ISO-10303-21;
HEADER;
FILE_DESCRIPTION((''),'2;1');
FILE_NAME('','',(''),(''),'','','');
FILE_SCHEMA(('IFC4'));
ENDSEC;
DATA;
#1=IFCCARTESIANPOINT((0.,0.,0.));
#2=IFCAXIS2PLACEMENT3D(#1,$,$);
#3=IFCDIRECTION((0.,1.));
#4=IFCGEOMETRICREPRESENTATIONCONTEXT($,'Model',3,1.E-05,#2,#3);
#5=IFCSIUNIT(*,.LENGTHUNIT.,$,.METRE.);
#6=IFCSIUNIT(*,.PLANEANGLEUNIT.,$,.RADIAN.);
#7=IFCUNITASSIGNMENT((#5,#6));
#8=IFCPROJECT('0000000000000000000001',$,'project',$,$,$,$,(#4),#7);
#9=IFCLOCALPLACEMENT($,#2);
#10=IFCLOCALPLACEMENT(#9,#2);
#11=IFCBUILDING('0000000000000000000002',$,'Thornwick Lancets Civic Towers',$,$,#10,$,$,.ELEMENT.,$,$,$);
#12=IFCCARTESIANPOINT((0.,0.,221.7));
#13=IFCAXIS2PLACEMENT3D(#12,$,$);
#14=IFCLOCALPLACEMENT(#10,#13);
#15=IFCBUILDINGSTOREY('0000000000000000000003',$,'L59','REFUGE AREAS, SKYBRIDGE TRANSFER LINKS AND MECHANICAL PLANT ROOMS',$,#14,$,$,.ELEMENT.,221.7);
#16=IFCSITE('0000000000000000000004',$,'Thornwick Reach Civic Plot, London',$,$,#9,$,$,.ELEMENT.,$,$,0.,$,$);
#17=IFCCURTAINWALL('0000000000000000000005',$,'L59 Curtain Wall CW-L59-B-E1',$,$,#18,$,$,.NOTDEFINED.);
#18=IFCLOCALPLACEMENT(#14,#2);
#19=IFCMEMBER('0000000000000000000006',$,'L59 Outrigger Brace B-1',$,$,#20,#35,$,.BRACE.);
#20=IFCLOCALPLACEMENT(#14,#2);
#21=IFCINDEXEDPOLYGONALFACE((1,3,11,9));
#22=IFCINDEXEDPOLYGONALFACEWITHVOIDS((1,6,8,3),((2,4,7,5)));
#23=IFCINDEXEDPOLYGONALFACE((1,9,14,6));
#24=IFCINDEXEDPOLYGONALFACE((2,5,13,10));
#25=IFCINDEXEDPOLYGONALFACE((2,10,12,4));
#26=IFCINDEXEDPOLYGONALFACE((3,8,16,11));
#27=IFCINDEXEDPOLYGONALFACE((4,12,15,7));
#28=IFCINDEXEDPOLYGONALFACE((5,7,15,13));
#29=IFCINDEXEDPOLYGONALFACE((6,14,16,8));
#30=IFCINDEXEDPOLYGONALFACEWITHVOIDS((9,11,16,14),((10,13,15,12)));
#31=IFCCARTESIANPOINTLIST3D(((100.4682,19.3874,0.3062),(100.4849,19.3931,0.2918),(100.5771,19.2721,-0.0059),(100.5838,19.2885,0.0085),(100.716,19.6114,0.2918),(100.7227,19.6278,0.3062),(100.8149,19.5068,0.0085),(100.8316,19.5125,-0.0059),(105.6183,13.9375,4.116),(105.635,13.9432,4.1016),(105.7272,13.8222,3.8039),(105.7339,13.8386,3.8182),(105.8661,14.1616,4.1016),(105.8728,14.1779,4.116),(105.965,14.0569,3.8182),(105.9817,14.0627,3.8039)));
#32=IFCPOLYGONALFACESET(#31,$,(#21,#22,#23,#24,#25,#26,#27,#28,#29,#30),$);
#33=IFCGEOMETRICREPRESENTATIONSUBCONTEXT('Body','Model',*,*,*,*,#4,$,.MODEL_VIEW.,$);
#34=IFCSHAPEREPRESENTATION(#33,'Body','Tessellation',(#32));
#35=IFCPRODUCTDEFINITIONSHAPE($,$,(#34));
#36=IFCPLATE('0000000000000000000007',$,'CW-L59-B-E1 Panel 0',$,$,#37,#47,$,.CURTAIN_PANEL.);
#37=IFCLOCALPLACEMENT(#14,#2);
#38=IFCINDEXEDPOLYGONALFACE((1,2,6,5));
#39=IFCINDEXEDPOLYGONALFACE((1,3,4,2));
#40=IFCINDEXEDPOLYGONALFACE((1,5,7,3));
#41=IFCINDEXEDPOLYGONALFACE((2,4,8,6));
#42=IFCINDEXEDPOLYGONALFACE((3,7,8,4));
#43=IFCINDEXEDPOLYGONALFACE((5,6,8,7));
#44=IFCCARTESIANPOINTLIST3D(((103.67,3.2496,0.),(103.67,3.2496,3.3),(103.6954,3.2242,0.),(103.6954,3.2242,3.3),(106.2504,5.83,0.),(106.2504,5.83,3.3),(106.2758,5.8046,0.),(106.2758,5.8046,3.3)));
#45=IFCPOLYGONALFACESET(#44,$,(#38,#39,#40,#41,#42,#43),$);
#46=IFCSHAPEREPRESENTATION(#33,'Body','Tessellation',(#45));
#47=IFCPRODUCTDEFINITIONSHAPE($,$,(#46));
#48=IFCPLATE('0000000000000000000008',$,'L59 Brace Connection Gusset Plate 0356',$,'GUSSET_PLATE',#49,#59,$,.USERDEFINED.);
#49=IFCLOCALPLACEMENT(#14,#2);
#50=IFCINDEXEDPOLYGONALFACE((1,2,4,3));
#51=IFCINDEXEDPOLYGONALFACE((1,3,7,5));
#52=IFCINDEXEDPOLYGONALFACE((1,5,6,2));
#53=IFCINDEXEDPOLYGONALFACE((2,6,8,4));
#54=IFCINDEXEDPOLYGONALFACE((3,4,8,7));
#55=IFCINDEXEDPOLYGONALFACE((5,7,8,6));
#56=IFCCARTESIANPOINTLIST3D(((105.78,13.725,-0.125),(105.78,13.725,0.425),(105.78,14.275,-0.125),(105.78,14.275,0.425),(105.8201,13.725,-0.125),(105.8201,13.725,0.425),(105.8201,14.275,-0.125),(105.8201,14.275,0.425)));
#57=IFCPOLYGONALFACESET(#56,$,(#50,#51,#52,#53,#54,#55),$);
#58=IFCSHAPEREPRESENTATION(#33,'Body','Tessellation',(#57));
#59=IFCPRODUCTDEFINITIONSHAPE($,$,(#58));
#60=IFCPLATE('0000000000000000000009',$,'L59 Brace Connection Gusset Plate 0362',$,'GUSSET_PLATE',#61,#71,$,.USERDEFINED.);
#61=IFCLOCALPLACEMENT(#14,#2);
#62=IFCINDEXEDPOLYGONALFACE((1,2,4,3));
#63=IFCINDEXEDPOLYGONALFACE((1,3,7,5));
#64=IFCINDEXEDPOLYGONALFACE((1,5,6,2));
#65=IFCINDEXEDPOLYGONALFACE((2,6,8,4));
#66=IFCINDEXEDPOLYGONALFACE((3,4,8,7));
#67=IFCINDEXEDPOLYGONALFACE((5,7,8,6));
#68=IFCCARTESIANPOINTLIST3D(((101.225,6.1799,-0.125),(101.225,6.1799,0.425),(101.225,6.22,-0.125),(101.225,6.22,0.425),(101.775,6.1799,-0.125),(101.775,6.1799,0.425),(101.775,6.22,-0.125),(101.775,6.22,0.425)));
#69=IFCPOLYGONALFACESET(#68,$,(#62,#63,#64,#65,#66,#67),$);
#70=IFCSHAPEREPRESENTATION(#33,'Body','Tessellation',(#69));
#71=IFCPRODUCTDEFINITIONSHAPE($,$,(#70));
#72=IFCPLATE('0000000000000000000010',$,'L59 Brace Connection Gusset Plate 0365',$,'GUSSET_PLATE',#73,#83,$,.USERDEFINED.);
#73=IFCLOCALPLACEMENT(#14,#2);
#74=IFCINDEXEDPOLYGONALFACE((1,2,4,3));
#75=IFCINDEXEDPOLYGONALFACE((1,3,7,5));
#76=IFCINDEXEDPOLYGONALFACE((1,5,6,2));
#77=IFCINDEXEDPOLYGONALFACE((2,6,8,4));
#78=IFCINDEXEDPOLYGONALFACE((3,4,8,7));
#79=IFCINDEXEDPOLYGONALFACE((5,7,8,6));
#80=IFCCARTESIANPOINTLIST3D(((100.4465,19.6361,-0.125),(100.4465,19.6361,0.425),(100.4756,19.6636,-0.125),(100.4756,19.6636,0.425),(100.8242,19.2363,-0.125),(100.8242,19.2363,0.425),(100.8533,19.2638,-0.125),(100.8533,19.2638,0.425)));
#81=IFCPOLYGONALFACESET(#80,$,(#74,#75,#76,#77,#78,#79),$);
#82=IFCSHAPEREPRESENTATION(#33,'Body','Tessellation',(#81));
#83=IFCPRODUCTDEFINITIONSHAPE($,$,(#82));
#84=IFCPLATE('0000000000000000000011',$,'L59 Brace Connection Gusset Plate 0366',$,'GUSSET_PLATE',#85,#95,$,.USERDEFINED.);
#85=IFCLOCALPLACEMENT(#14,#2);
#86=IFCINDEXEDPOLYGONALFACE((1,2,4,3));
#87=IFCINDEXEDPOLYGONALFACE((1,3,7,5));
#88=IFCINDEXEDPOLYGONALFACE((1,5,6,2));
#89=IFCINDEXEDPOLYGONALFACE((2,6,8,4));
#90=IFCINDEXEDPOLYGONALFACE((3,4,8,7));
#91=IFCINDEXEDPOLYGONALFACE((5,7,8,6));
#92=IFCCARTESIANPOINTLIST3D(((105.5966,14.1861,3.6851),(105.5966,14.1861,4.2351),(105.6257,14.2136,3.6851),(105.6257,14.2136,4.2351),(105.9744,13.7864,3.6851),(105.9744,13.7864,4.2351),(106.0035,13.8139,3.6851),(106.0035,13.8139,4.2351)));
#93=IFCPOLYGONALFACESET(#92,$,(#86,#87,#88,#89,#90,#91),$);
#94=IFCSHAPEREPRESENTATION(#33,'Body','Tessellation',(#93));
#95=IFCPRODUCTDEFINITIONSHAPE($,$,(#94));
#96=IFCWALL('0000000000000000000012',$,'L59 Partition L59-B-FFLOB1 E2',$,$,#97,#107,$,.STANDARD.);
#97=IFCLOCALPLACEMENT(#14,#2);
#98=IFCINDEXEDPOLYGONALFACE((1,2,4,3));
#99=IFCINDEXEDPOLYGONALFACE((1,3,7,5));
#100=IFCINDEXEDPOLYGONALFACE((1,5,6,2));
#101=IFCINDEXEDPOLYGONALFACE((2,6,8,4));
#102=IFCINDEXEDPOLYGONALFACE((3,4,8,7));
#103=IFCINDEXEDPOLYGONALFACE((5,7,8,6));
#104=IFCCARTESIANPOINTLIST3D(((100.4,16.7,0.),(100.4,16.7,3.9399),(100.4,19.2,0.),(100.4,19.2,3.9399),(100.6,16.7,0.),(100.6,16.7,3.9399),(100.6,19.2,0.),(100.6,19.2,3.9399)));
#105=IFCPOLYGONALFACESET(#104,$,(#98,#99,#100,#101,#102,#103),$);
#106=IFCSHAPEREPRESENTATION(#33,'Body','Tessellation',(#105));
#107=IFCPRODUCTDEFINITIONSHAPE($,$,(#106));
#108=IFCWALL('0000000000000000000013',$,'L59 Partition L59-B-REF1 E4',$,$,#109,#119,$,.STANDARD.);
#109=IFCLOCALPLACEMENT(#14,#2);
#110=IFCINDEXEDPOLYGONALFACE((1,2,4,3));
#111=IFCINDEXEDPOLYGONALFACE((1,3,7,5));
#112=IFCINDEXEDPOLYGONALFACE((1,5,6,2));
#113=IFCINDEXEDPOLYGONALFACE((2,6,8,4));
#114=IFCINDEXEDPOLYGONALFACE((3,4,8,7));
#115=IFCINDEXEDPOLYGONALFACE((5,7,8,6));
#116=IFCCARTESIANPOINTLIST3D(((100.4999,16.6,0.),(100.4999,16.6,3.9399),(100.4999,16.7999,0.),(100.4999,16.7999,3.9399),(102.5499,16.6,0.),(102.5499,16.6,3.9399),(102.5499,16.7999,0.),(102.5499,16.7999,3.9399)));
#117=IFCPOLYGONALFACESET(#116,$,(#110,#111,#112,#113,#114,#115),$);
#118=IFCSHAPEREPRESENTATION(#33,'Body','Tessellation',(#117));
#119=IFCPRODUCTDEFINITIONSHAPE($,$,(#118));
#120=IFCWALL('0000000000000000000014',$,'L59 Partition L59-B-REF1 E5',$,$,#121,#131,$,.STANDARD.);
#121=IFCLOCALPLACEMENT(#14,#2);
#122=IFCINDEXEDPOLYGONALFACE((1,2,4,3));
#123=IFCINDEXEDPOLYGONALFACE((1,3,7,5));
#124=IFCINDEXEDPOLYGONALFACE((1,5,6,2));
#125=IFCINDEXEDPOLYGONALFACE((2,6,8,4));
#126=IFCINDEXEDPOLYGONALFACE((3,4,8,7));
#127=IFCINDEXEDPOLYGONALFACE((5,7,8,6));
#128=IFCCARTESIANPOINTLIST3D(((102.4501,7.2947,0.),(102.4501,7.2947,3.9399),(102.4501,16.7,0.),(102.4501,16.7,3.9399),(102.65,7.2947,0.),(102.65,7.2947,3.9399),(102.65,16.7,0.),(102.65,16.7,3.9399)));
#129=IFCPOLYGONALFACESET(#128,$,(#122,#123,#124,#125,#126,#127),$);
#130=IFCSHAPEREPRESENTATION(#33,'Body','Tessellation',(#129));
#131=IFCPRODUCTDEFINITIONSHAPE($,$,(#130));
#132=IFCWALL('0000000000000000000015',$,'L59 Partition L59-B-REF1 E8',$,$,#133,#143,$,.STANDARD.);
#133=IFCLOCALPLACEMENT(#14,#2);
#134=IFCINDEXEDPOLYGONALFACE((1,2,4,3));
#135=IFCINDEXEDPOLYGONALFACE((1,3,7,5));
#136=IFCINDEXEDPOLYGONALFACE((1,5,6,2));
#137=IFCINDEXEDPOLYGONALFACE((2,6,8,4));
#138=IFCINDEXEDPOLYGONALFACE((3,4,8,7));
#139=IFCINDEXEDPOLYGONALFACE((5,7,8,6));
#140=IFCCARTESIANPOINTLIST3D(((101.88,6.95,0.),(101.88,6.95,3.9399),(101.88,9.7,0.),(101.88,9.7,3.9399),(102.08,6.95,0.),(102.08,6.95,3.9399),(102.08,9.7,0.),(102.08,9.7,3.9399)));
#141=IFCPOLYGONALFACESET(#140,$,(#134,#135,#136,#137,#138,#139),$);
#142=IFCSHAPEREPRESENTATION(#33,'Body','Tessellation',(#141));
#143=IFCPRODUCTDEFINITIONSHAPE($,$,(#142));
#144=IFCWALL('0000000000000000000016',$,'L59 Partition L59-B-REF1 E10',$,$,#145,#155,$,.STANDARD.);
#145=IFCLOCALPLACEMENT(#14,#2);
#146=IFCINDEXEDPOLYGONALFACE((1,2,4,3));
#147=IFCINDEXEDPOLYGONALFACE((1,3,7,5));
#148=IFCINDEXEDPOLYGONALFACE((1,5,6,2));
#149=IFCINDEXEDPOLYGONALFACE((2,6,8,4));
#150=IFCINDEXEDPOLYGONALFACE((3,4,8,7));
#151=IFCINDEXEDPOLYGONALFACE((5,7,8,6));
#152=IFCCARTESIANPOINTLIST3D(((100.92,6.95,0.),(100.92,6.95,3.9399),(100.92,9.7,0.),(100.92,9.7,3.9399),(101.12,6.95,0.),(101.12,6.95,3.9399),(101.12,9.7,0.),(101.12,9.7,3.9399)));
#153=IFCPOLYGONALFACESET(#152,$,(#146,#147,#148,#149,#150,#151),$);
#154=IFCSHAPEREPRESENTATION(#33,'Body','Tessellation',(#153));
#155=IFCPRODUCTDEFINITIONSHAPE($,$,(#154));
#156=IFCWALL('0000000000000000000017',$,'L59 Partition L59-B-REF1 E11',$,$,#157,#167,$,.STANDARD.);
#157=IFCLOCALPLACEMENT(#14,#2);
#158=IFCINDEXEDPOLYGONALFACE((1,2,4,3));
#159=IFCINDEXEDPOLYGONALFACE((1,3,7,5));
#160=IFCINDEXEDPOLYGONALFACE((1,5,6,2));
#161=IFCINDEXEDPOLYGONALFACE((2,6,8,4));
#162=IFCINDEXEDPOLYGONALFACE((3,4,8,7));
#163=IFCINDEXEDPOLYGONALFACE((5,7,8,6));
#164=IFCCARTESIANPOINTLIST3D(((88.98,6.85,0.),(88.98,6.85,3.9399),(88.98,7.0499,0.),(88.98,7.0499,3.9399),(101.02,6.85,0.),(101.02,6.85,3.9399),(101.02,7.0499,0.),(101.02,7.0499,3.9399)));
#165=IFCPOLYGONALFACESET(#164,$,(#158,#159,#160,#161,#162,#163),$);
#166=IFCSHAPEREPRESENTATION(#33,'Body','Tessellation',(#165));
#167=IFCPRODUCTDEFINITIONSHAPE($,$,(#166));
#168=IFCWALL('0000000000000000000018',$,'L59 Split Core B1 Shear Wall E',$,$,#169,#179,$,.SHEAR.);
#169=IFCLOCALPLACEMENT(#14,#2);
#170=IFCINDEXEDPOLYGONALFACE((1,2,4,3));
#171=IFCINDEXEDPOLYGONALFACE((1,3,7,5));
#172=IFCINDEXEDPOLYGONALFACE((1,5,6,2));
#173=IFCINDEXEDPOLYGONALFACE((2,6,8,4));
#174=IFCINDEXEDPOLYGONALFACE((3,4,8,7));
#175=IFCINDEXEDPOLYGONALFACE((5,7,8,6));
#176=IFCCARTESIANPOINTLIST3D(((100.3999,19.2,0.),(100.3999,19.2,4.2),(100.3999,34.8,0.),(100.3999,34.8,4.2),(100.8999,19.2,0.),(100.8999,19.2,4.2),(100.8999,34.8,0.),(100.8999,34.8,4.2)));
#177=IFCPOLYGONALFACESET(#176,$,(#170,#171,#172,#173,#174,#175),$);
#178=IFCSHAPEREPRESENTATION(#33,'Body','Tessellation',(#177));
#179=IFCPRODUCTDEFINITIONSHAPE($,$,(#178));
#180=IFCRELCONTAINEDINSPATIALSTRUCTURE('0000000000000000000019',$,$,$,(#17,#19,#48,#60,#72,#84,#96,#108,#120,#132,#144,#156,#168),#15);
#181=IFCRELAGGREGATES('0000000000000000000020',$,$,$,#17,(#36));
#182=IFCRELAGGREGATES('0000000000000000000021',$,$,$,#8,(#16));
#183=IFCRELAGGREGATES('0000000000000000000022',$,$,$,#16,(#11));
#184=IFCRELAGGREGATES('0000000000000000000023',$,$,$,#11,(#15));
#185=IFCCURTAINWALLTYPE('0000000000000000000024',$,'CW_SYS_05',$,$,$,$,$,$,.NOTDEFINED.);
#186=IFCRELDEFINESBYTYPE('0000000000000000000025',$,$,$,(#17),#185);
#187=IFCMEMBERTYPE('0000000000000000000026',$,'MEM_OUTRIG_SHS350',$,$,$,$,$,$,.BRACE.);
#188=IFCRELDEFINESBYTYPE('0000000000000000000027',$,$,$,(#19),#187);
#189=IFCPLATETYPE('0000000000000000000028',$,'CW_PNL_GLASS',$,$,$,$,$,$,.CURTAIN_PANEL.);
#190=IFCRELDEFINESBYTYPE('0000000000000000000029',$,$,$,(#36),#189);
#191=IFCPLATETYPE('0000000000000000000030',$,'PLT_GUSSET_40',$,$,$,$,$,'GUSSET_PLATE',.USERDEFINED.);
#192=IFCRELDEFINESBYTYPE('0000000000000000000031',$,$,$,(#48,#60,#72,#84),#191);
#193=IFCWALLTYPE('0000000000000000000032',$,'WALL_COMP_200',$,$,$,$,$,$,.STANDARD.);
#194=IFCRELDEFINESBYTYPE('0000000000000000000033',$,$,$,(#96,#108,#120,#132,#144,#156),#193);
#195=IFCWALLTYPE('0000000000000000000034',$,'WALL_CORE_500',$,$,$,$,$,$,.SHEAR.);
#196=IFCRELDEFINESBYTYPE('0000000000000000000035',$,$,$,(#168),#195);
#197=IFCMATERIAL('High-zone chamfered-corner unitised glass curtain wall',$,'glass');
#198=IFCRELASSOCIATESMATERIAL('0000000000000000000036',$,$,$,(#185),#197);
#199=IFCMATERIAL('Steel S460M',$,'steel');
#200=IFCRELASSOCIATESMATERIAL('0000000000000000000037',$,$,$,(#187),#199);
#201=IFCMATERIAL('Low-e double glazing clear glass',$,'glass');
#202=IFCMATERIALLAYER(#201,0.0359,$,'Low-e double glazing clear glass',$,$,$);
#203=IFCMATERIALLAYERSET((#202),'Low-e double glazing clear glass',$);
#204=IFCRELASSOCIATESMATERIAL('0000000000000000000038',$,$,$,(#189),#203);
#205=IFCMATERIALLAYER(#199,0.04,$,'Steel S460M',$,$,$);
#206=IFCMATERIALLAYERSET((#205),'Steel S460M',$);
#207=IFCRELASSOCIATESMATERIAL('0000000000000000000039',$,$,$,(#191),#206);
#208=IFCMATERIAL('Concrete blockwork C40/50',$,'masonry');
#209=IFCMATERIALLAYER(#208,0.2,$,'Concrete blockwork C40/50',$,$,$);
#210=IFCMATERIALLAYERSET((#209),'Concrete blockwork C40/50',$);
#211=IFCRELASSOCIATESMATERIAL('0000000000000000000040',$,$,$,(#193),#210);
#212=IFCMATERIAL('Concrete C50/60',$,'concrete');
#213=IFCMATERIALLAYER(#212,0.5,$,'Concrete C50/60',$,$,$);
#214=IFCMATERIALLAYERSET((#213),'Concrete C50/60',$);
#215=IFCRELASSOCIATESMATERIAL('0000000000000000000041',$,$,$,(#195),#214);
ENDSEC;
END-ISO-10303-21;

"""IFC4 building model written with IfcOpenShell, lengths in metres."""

from ifc_helpers import new_model, si_unit, direction, frame, frame_2d, origin, origin_2d, place, context, subcontext, project, spatial, rectangle, hollow_rectangle, extrude, material, layer, layer_set, material_profile, profile_set, type_object, element, aggregate, save


model = new_model("IFC4")

# Units and contexts
model_context = context("Model", 3, precision=1e-05, world=origin(), true_north=direction((0.0, 1.0)))
body_context = subcontext(model_context, "Body", "Model", "MODEL_VIEW")
ifc_project = project(units=[si_unit("LENGTHUNIT", "METRE"), si_unit("PLANEANGLEUNIT", "RADIAN")], contexts=[model_context])

# Site, building, storey
site_placement = place(None, origin())
site = spatial("IfcSite", under=ifc_project, at=site_placement, Name="Thornwick Reach Civic Plot, London", CompositionType="ELEMENT", RefElevation=0.0)
building_placement = place(site_placement, origin())
building = spatial("IfcBuilding", under=site, at=building_placement, Name="Thornwick Lancets Civic Towers", CompositionType="ELEMENT")
storey_placement = place(building_placement, frame((0.0, 0.0, 221.7)))
storey = spatial("IfcBuildingStorey", under=building, at=storey_placement, Name="L59", Description="REFUGE AREAS, SKYBRIDGE TRANSFER LINKS AND MECHANICAL PLANT ROOMS", CompositionType="ELEMENT", Elevation=221.7)

# Shared definitions
ifc_material_1 = material(Name="Concrete C50/60", Category="concrete")

# Curtain wall
ifc_material_2 = material(Name="High-zone chamfered-corner unitised glass curtain wall", Category="glass")
curtain_wall_type = type_object("IfcCurtainWallType", Name="CW_SYS_05", PredefinedType="NOTDEFINED", material=ifc_material_2)
curtain_wall_placement = place(storey_placement, origin())
curtain_wall = element("IfcCurtainWall", 1, at=curtain_wall_placement, inside=storey, type_object=curtain_wall_type, Name="L59 Curtain Wall CW-L59-B-E1", PredefinedType="NOTDEFINED")

# Member
ifc_material_3 = material(Name="Steel S460M", Category="steel")
ifc_material_profile_1 = material_profile(ifc_material_3, hollow_rectangle(XDim=0.3501, YDim=0.3501, WallThickness=0.0161, at=origin_2d()), Name="SHS 350x350x16")
ifc_profile_set_1 = profile_set([ifc_material_profile_1], Name="Steel S460M")
member_type_1 = type_object("IfcMemberType", Name="MEM_OUTRIG_SHS350", PredefinedType="BRACE", material=ifc_profile_set_1)
member_1_placement = place(storey_placement, frame((100.6499, 19.45, 0.1501), z_axis=(0.612329, -0.647975, 0.45297), x_axis=(0.726815, 0.686833, 0.0)))
element("IfcMember", 2, at=member_1_placement, inside=storey, type_object=member_type_1, Name="L59 Outrigger Brace B-1", PredefinedType="BRACE", context=body_context, shape_type="SweptSolid", body=[
    extrude(hollow_rectangle(XDim=0.3501, YDim=0.3501, WallThickness=0.0161, at=origin_2d()), origin(), (0.0, 0.0, 1.0), 8.4106),
])

# Plate
ifc_material_4 = material(Name="Low-e double glazing clear glass", Category="glass")
ifc_layer_1 = layer(ifc_material_4, 0.0359, Name="Low-e double glazing clear glass")
ifc_layer_set_1 = layer_set([ifc_layer_1], Name="Low-e double glazing clear glass")
plate_type_1 = type_object("IfcPlateType", Name="CW_PNL_GLASS", PredefinedType="CURTAIN_PANEL", material=ifc_layer_set_1)
plate_placement = place(storey_placement, frame((104.9729, 4.5271, 0.0), z_axis=(0.0, 0.0, 1.0), x_axis=(0.707107, 0.707107, 0.0)))
plate = element("IfcPlate", 3, at=plate_placement, type_object=plate_type_1, Name="CW-L59-B-E1 Panel 0", PredefinedType="CURTAIN_PANEL", context=body_context, shape_type="SweptSolid", body=[
    extrude(rectangle(XDim=3.6492, YDim=0.0359, at=origin_2d()), origin(), (0.0, 0.0, 1.0), 3.3),
])
aggregate(curtain_wall, [plate])

# Plates
ifc_layer_2 = layer(ifc_material_3, 0.04, Name="Steel S460M")
ifc_layer_set_2 = layer_set([ifc_layer_2], Name="Steel S460M")
plate_type_2 = type_object("IfcPlateType", Name="PLT_GUSSET_40", ElementType="GUSSET_PLATE", PredefinedType="USERDEFINED", material=ifc_layer_set_2)
for number, where, z_axis, x_axis, name in (
    (4, (105.8, 14.0, -0.125), (0.0, 0.0, 1.0), (0.0, 1.0, 0.0), "L59 Brace Connection Gusset Plate 0356"),
    (5, (101.5, 6.2, -0.125), (0.0, 0.0, 1.0), (-1.0, 0.0, 0.0), "L59 Brace Connection Gusset Plate 0362"),
    (6, (100.6499, 19.45, -0.125), (0.0, 0.0, 1.0), (0.686834, -0.726814, 0.0), "L59 Brace Connection Gusset Plate 0365"),
    (7, (105.8, 14.0, 3.6851), (0.0, 0.0, 1.0), (0.686834, -0.726814, 0.0), "L59 Brace Connection Gusset Plate 0366"),
):
    element("IfcPlate", number, at=place(storey_placement, frame(where, z_axis=z_axis, x_axis=x_axis)), inside=storey, type_object=plate_type_2, Name=name, ObjectType="GUSSET_PLATE", PredefinedType="USERDEFINED", context=body_context, shape_type="SweptSolid", body=[
        extrude(rectangle(XDim=0.55, YDim=0.04, at=origin_2d()), origin(), (0.0, 0.0, 1.0), 0.55),
    ])

# Walls
ifc_material_5 = material(Name="Concrete blockwork C40/50", Category="masonry")
ifc_layer_3 = layer(ifc_material_5, 0.2, Name="Concrete blockwork C40/50")
ifc_layer_set_3 = layer_set([ifc_layer_3], Name="Concrete blockwork C40/50")
wall_type_1 = type_object("IfcWallType", Name="WALL_COMP_200", PredefinedType="STANDARD", material=ifc_layer_set_3)
wall_1_placement = place(storey_placement, frame((100.5, 16.7, 0.0), z_axis=(0.0, 0.0, 1.0), x_axis=(0.0, 1.0, 0.0)))
element("IfcWall", 8, at=wall_1_placement, inside=storey, type_object=wall_type_1, Name="L59 Partition L59-B-FFLOB1 E2", PredefinedType="STANDARD", context=body_context, shape_type="SweptSolid", body=[
    extrude(rectangle(XDim=2.5, YDim=0.2, at=frame_2d((1.25, 0.0))), origin(), (0.0, 0.0, 1.0), 3.9399),
])
wall_2_placement = place(storey_placement, frame((100.5, 16.7, 0.0), z_axis=(0.0, 0.0, 1.0), x_axis=(1.0, 0.0, 0.0)))
element("IfcWall", 9, at=wall_2_placement, inside=storey, type_object=wall_type_1, Name="L59 Partition L59-B-REF1 E4", PredefinedType="STANDARD", context=body_context, shape_type="SweptSolid", body=[
    extrude(rectangle(XDim=2.05, YDim=0.2, at=frame_2d((1.0249, 0.0))), origin(), (0.0, 0.0, 1.0), 3.9399),
])
wall_3_placement = place(storey_placement, frame((102.55, 16.7, 0.0), z_axis=(0.0, 0.0, 1.0), x_axis=(0.0, -1.0, 0.0)))
element("IfcWall", 10, at=wall_3_placement, inside=storey, type_object=wall_type_1, Name="L59 Partition L59-B-REF1 E5", PredefinedType="STANDARD", context=body_context, shape_type="SweptSolid", body=[
    extrude(rectangle(XDim=9.4053, YDim=0.2, at=frame_2d((4.7026, 0.0))), origin(), (0.0, 0.0, 1.0), 3.9399),
])
for number, where, z_axis, x_axis, name in (
    (11, (101.98, 6.95, 0.0), (0.0, 0.0, 1.0), (0.0, 1.0, 0.0), "L59 Partition L59-B-REF1 E8"),
    (12, (101.02, 9.7, 0.0), (0.0, 0.0, 1.0), (0.0, -1.0, 0.0), "L59 Partition L59-B-REF1 E10"),
):
    element("IfcWall", number, at=place(storey_placement, frame(where, z_axis=z_axis, x_axis=x_axis)), inside=storey, type_object=wall_type_1, Name=name, PredefinedType="STANDARD", context=body_context, shape_type="SweptSolid", body=[
        extrude(rectangle(XDim=2.75, YDim=0.2, at=frame_2d((1.375, 0.0))), origin(), (0.0, 0.0, 1.0), 3.9399),
    ])
wall_4_placement = place(storey_placement, frame((101.02, 6.95, 0.0), z_axis=(0.0, 0.0, 1.0), x_axis=(-1.0, 0.0, 0.0)))
element("IfcWall", 13, at=wall_4_placement, inside=storey, type_object=wall_type_1, Name="L59 Partition L59-B-REF1 E11", PredefinedType="STANDARD", context=body_context, shape_type="SweptSolid", body=[
    extrude(rectangle(XDim=12.04, YDim=0.2, at=frame_2d((6.02, 0.0))), origin(), (0.0, 0.0, 1.0), 3.9399),
])
ifc_layer_4 = layer(ifc_material_1, 0.5, Name="Concrete C50/60")
ifc_layer_set_4 = layer_set([ifc_layer_4], Name="Concrete C50/60")
wall_type_2 = type_object("IfcWallType", Name="WALL_CORE_500", PredefinedType="SHEAR", material=ifc_layer_set_4)
wall_5_placement = place(storey_placement, frame((100.6499, 19.2, 0.0), z_axis=(0.0, 0.0, 1.0), x_axis=(0.0, 1.0, 0.0)))
element("IfcWall", 14, at=wall_5_placement, inside=storey, type_object=wall_type_2, Name="L59 Split Core B1 Shear Wall E", PredefinedType="SHEAR", context=body_context, shape_type="SweptSolid", body=[
    extrude(rectangle(XDim=15.6001, YDim=0.5, at=frame_2d((7.8, 0.0))), origin(), (0.0, 0.0, 1.0), 4.2),
])

save(model, "model.ifc")
